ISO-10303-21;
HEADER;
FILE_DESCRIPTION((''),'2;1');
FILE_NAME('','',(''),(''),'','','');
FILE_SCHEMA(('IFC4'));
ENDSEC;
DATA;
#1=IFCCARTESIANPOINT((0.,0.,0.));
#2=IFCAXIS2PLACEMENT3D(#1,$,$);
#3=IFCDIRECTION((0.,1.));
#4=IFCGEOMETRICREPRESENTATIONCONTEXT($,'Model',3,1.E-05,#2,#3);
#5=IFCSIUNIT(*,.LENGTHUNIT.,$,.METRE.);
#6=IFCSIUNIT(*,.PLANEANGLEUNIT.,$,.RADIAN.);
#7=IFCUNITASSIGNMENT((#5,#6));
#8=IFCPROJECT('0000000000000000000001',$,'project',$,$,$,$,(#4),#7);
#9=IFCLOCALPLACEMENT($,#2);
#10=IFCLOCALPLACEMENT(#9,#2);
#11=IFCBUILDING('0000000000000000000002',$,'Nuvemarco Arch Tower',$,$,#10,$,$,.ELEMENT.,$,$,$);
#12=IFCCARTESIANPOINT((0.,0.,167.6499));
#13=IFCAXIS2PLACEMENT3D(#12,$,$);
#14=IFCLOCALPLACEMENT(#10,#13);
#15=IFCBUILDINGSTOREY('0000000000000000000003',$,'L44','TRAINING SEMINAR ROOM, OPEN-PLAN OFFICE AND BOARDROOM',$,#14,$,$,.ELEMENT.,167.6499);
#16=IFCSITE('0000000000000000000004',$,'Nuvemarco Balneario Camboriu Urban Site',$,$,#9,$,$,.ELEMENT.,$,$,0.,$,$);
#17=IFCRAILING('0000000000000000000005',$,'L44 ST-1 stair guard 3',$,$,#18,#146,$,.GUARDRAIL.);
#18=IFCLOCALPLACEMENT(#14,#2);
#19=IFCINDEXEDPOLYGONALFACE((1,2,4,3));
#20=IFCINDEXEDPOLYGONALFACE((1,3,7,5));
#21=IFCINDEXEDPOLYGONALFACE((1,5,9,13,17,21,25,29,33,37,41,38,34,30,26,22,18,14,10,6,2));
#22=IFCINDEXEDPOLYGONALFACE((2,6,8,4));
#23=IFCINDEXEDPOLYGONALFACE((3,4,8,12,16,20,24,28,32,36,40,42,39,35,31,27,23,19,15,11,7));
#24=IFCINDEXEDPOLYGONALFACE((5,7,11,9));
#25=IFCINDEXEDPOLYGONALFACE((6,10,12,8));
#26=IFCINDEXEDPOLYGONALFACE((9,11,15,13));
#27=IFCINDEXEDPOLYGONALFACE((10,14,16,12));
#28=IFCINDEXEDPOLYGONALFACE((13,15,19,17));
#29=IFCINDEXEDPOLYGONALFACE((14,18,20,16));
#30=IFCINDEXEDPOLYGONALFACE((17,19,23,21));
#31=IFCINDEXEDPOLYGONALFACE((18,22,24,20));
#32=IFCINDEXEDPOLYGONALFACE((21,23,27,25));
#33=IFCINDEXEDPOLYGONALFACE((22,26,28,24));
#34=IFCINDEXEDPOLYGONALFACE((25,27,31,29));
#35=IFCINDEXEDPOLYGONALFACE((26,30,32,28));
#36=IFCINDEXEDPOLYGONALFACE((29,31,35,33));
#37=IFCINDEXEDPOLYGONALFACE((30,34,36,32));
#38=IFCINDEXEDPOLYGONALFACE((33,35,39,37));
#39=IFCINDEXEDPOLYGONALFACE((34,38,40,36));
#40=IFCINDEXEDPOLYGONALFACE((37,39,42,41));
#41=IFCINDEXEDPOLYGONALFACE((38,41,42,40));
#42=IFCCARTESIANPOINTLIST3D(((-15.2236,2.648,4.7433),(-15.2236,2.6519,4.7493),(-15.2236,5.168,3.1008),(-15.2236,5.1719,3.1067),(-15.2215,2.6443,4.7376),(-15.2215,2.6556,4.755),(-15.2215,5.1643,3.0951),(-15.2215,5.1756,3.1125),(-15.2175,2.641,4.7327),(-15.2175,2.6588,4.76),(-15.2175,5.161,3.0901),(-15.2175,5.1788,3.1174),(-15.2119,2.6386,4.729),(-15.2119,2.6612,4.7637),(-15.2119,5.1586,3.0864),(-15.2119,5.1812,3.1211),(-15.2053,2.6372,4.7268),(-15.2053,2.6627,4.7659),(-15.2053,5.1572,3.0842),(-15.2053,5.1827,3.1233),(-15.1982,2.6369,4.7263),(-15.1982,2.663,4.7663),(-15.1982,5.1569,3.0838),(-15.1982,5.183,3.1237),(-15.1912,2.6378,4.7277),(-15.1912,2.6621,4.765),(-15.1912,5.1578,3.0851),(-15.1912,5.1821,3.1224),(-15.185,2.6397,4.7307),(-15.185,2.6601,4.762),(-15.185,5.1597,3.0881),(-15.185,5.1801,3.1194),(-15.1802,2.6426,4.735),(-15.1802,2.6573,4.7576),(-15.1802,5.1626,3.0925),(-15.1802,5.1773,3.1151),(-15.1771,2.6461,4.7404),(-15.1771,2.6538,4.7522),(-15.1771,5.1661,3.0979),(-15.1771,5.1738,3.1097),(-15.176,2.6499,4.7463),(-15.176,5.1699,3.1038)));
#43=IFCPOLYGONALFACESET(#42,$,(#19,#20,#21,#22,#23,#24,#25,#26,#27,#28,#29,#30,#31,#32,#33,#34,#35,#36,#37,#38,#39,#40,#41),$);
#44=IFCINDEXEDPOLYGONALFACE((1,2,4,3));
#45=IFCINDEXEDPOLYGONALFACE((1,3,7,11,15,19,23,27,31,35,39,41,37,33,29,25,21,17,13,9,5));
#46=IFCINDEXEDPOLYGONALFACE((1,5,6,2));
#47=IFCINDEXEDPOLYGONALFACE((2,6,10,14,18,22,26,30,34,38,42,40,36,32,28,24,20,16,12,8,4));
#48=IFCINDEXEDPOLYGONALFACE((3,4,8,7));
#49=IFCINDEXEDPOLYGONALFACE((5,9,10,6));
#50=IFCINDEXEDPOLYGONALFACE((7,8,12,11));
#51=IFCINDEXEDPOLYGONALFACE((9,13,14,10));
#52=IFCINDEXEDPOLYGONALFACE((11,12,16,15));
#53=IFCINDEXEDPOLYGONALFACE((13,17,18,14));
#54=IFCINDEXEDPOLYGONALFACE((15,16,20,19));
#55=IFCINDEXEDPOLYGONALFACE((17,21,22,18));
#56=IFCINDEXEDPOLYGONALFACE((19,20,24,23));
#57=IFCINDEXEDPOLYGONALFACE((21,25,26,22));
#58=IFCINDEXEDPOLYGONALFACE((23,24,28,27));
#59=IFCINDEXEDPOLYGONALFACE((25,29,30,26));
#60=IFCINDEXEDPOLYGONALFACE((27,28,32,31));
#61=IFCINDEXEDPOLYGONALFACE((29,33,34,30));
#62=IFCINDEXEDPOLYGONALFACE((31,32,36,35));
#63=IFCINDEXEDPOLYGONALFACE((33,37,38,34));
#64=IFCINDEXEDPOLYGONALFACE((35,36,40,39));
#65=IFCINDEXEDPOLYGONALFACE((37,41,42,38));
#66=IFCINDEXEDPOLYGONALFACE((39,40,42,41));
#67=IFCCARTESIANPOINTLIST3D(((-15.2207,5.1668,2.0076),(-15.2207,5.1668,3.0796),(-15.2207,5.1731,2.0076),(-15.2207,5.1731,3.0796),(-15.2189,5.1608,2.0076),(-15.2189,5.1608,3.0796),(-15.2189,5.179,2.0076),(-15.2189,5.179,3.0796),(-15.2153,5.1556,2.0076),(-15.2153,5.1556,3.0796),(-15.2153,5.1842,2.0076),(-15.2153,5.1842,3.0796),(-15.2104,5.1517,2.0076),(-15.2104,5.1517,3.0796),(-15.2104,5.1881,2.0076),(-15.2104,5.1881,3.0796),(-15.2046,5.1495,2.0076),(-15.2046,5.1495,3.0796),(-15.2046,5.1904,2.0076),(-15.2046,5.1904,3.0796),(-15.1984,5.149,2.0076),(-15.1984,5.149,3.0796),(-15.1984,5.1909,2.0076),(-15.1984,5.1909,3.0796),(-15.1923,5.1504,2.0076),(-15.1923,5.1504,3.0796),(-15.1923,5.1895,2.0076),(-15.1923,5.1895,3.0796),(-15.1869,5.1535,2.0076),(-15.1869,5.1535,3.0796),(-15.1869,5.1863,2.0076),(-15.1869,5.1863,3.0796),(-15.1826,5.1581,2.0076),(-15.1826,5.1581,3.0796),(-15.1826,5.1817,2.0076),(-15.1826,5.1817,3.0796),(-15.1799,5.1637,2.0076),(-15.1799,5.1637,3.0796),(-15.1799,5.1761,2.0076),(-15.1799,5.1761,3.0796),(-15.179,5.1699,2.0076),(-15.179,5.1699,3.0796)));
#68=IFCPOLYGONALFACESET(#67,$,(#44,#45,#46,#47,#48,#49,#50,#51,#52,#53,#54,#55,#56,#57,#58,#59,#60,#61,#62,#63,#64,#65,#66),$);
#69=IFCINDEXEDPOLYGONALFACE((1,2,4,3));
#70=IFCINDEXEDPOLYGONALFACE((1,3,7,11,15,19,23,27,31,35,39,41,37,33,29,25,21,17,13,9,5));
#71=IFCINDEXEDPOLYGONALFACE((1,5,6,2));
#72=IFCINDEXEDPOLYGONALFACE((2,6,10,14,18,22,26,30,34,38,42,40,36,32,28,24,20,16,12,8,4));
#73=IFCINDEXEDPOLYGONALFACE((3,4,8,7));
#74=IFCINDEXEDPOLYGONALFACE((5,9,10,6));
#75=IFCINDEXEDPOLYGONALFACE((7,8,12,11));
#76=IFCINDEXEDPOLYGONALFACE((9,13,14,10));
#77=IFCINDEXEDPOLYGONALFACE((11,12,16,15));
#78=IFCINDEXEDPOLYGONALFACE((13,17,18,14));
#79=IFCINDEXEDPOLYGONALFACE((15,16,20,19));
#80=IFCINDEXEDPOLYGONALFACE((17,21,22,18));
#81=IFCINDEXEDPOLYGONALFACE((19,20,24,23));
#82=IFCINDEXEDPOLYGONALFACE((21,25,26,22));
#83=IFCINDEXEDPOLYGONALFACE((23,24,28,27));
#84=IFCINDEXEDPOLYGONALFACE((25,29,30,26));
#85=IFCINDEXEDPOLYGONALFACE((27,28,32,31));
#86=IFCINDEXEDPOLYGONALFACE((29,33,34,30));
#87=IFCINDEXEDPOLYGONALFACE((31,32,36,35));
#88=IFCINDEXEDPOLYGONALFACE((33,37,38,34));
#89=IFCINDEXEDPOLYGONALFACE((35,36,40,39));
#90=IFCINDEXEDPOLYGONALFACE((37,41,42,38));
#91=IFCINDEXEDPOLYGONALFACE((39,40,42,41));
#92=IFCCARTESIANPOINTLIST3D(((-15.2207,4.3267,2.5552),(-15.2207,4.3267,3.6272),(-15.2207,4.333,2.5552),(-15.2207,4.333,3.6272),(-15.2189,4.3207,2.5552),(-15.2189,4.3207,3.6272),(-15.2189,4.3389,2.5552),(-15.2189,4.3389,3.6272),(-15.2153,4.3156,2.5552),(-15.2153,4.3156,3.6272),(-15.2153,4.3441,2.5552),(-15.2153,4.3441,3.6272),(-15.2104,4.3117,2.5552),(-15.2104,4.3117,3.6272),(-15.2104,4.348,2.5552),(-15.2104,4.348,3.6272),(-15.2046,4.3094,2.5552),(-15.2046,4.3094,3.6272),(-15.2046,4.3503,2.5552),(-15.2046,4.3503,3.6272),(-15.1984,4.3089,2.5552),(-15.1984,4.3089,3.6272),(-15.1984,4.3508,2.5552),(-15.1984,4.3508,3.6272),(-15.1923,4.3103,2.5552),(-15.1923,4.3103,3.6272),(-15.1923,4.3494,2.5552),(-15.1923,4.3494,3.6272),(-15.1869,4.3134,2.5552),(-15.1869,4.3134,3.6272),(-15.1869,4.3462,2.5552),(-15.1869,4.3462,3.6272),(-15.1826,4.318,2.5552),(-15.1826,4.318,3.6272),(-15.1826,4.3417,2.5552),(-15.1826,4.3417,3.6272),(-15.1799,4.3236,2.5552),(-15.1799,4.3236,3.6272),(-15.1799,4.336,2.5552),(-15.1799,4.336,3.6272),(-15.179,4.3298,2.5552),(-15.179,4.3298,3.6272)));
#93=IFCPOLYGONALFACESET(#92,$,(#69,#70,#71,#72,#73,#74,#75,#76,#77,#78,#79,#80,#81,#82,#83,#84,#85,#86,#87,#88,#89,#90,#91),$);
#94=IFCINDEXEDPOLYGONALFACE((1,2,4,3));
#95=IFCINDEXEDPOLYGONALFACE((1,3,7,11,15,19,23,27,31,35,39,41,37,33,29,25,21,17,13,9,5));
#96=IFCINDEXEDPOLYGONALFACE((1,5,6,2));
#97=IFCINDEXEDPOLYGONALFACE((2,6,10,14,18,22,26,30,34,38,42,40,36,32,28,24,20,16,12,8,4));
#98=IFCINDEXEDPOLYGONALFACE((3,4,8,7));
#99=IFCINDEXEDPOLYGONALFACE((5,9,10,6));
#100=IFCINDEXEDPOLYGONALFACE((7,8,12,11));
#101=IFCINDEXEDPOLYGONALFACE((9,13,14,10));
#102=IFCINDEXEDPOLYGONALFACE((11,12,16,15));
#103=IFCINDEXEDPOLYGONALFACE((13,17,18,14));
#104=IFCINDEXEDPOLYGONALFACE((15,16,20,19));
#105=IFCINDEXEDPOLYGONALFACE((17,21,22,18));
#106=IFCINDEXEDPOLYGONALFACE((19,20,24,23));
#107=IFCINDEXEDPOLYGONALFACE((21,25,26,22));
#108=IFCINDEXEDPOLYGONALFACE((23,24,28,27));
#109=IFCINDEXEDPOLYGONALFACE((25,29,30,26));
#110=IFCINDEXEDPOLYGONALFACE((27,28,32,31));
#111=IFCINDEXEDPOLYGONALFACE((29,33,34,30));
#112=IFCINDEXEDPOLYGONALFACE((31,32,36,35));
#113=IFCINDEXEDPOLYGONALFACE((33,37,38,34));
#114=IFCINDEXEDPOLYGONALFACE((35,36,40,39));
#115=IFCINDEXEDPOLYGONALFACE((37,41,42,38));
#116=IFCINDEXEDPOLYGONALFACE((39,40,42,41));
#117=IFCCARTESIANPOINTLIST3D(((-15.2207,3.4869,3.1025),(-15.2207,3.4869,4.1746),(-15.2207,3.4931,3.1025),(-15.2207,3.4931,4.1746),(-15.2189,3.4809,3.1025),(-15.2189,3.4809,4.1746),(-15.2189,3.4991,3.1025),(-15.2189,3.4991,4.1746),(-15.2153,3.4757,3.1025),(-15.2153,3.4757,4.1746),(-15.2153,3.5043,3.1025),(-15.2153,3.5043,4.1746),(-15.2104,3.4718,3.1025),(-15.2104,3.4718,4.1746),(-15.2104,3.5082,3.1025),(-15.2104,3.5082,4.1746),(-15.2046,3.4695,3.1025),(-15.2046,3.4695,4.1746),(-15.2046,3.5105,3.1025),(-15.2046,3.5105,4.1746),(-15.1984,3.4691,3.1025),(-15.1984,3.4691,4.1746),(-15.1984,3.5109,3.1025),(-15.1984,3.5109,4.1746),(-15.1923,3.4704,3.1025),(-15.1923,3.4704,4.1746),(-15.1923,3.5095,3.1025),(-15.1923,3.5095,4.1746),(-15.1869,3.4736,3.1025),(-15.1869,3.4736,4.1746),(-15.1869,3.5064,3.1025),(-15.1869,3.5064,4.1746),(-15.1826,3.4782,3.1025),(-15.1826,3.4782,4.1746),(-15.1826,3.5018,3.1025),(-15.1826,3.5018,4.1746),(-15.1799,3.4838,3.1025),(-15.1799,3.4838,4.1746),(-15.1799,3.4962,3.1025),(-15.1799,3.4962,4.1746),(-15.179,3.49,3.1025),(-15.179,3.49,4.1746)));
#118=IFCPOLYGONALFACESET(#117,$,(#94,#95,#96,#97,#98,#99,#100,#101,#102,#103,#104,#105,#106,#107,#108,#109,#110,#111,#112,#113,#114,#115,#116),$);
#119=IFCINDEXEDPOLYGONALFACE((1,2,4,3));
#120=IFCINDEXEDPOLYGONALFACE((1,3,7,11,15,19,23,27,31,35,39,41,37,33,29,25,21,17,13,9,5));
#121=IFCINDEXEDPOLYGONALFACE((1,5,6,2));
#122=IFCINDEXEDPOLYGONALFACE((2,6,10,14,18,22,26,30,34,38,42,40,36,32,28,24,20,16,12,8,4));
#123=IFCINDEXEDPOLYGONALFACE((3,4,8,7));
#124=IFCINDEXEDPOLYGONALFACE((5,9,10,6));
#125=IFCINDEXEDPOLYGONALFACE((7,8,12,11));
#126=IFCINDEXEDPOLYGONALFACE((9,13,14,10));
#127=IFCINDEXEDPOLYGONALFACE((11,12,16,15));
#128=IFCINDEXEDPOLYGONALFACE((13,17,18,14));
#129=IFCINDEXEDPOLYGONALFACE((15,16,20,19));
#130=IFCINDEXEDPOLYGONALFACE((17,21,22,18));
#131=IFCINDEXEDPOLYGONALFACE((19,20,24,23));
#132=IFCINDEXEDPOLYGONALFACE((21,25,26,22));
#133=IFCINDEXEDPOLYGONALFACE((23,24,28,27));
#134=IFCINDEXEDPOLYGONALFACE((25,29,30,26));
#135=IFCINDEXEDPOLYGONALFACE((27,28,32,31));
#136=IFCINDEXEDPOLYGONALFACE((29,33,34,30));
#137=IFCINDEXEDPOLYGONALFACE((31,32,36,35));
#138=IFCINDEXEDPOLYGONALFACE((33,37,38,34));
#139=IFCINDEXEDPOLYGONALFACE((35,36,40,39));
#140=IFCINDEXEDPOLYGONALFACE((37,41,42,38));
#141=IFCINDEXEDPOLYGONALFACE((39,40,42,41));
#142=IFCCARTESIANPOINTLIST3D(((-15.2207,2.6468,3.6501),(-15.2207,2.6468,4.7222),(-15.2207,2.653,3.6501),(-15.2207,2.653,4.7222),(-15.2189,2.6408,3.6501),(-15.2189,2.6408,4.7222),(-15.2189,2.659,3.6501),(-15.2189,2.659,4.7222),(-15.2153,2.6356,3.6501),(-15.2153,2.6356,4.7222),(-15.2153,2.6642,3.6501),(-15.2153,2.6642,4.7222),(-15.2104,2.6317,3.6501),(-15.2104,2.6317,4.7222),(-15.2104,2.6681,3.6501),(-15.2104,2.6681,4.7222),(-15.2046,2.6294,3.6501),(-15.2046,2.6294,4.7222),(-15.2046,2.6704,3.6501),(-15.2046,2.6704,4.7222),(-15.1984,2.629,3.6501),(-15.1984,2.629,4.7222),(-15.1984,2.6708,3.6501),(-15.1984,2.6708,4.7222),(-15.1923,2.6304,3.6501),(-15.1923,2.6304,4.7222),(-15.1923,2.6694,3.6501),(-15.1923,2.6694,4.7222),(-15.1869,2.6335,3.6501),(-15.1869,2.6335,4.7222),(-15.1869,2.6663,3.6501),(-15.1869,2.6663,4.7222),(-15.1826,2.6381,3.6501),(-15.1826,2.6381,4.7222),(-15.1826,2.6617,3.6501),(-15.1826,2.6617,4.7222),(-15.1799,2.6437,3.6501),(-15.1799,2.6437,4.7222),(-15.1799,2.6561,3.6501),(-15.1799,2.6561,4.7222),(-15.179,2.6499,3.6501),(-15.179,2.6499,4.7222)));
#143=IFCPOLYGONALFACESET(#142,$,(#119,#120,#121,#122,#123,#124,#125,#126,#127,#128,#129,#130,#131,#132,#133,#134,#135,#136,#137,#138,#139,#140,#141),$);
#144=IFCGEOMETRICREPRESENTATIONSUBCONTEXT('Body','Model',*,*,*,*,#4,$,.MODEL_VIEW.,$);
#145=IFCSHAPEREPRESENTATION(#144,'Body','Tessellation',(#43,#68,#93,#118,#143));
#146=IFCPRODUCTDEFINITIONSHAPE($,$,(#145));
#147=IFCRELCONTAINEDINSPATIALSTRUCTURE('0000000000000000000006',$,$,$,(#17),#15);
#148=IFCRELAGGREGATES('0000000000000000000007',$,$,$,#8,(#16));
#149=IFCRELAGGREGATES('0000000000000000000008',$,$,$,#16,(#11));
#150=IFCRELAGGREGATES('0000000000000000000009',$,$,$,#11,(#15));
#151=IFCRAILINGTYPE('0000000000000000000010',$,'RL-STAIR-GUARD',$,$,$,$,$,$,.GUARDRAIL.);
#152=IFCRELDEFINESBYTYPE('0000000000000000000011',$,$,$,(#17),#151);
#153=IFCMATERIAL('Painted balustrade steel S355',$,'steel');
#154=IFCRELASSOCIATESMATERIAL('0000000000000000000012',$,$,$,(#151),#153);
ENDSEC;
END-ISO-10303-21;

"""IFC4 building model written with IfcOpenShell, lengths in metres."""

from ifc_helpers import new_model, si_unit, direction, frame, origin, origin_2d, place, context, subcontext, project, spatial, circle, extrude, material, type_object, element, save


model = new_model("IFC4")

# Units and contexts
model_context = context("Model", 3, precision=1e-05, world=origin(), true_north=direction((0.0, 1.0)))
body_context = subcontext(model_context, "Body", "Model", "MODEL_VIEW")
ifc_project = project(units=[si_unit("LENGTHUNIT", "METRE"), si_unit("PLANEANGLEUNIT", "RADIAN")], contexts=[model_context])

# Site, building, storey
site_placement = place(None, origin())
site = spatial("IfcSite", under=ifc_project, at=site_placement, Name="Nuvemarco Balneario Camboriu Urban Site", CompositionType="ELEMENT", RefElevation=0.0)
building_placement = place(site_placement, origin())
building = spatial("IfcBuilding", under=site, at=building_placement, Name="Nuvemarco Arch Tower", CompositionType="ELEMENT")
storey_placement = place(building_placement, frame((0.0, 0.0, 167.6499)))
storey = spatial("IfcBuildingStorey", under=building, at=storey_placement, Name="L44", Description="TRAINING SEMINAR ROOM, OPEN-PLAN OFFICE AND BOARDROOM", CompositionType="ELEMENT", Elevation=167.6499)

# Railing
ifc_material_1 = material(Name="Painted balustrade steel S355", Category="steel")
railing_type_1 = type_object("IfcRailingType", Name="RL-STAIR-GUARD", PredefinedType="GUARDRAIL", material=ifc_material_1)
railing_1_placement = place(storey_placement, frame((-15.2, 5.1699, 2.0076)))
element("IfcRailing", 1, at=railing_1_placement, inside=storey, type_object=railing_type_1, Name="L44 ST-1 stair guard 3", PredefinedType="GUARDRAIL", context=body_context, shape_type="SweptSolid", body=[
    extrude(circle(Radius=0.0239, at=origin_2d()), frame((0.0, 0.0, 1.0962), z_axis=(0.0, -0.837749, 0.546055), x_axis=(1.0, 0.0, 0.0)), (0.0, 0.0, 1.0), 3.0081),
    extrude(circle(Radius=0.021, at=origin_2d()), origin(), (0.0, 0.0, 1.0), 1.072),
    extrude(circle(Radius=0.021, at=origin_2d()), frame((0.0, -0.8401, 0.5476)), (0.0, 0.0, 1.0), 1.072),
    extrude(circle(Radius=0.021, at=origin_2d()), frame((0.0, -1.6799, 1.095)), (0.0, 0.0, 1.0), 1.072),
    extrude(circle(Radius=0.021, at=origin_2d()), frame((0.0, -2.52, 1.6426)), (0.0, 0.0, 1.0), 1.072),
])

save(model, "model.ifc")
